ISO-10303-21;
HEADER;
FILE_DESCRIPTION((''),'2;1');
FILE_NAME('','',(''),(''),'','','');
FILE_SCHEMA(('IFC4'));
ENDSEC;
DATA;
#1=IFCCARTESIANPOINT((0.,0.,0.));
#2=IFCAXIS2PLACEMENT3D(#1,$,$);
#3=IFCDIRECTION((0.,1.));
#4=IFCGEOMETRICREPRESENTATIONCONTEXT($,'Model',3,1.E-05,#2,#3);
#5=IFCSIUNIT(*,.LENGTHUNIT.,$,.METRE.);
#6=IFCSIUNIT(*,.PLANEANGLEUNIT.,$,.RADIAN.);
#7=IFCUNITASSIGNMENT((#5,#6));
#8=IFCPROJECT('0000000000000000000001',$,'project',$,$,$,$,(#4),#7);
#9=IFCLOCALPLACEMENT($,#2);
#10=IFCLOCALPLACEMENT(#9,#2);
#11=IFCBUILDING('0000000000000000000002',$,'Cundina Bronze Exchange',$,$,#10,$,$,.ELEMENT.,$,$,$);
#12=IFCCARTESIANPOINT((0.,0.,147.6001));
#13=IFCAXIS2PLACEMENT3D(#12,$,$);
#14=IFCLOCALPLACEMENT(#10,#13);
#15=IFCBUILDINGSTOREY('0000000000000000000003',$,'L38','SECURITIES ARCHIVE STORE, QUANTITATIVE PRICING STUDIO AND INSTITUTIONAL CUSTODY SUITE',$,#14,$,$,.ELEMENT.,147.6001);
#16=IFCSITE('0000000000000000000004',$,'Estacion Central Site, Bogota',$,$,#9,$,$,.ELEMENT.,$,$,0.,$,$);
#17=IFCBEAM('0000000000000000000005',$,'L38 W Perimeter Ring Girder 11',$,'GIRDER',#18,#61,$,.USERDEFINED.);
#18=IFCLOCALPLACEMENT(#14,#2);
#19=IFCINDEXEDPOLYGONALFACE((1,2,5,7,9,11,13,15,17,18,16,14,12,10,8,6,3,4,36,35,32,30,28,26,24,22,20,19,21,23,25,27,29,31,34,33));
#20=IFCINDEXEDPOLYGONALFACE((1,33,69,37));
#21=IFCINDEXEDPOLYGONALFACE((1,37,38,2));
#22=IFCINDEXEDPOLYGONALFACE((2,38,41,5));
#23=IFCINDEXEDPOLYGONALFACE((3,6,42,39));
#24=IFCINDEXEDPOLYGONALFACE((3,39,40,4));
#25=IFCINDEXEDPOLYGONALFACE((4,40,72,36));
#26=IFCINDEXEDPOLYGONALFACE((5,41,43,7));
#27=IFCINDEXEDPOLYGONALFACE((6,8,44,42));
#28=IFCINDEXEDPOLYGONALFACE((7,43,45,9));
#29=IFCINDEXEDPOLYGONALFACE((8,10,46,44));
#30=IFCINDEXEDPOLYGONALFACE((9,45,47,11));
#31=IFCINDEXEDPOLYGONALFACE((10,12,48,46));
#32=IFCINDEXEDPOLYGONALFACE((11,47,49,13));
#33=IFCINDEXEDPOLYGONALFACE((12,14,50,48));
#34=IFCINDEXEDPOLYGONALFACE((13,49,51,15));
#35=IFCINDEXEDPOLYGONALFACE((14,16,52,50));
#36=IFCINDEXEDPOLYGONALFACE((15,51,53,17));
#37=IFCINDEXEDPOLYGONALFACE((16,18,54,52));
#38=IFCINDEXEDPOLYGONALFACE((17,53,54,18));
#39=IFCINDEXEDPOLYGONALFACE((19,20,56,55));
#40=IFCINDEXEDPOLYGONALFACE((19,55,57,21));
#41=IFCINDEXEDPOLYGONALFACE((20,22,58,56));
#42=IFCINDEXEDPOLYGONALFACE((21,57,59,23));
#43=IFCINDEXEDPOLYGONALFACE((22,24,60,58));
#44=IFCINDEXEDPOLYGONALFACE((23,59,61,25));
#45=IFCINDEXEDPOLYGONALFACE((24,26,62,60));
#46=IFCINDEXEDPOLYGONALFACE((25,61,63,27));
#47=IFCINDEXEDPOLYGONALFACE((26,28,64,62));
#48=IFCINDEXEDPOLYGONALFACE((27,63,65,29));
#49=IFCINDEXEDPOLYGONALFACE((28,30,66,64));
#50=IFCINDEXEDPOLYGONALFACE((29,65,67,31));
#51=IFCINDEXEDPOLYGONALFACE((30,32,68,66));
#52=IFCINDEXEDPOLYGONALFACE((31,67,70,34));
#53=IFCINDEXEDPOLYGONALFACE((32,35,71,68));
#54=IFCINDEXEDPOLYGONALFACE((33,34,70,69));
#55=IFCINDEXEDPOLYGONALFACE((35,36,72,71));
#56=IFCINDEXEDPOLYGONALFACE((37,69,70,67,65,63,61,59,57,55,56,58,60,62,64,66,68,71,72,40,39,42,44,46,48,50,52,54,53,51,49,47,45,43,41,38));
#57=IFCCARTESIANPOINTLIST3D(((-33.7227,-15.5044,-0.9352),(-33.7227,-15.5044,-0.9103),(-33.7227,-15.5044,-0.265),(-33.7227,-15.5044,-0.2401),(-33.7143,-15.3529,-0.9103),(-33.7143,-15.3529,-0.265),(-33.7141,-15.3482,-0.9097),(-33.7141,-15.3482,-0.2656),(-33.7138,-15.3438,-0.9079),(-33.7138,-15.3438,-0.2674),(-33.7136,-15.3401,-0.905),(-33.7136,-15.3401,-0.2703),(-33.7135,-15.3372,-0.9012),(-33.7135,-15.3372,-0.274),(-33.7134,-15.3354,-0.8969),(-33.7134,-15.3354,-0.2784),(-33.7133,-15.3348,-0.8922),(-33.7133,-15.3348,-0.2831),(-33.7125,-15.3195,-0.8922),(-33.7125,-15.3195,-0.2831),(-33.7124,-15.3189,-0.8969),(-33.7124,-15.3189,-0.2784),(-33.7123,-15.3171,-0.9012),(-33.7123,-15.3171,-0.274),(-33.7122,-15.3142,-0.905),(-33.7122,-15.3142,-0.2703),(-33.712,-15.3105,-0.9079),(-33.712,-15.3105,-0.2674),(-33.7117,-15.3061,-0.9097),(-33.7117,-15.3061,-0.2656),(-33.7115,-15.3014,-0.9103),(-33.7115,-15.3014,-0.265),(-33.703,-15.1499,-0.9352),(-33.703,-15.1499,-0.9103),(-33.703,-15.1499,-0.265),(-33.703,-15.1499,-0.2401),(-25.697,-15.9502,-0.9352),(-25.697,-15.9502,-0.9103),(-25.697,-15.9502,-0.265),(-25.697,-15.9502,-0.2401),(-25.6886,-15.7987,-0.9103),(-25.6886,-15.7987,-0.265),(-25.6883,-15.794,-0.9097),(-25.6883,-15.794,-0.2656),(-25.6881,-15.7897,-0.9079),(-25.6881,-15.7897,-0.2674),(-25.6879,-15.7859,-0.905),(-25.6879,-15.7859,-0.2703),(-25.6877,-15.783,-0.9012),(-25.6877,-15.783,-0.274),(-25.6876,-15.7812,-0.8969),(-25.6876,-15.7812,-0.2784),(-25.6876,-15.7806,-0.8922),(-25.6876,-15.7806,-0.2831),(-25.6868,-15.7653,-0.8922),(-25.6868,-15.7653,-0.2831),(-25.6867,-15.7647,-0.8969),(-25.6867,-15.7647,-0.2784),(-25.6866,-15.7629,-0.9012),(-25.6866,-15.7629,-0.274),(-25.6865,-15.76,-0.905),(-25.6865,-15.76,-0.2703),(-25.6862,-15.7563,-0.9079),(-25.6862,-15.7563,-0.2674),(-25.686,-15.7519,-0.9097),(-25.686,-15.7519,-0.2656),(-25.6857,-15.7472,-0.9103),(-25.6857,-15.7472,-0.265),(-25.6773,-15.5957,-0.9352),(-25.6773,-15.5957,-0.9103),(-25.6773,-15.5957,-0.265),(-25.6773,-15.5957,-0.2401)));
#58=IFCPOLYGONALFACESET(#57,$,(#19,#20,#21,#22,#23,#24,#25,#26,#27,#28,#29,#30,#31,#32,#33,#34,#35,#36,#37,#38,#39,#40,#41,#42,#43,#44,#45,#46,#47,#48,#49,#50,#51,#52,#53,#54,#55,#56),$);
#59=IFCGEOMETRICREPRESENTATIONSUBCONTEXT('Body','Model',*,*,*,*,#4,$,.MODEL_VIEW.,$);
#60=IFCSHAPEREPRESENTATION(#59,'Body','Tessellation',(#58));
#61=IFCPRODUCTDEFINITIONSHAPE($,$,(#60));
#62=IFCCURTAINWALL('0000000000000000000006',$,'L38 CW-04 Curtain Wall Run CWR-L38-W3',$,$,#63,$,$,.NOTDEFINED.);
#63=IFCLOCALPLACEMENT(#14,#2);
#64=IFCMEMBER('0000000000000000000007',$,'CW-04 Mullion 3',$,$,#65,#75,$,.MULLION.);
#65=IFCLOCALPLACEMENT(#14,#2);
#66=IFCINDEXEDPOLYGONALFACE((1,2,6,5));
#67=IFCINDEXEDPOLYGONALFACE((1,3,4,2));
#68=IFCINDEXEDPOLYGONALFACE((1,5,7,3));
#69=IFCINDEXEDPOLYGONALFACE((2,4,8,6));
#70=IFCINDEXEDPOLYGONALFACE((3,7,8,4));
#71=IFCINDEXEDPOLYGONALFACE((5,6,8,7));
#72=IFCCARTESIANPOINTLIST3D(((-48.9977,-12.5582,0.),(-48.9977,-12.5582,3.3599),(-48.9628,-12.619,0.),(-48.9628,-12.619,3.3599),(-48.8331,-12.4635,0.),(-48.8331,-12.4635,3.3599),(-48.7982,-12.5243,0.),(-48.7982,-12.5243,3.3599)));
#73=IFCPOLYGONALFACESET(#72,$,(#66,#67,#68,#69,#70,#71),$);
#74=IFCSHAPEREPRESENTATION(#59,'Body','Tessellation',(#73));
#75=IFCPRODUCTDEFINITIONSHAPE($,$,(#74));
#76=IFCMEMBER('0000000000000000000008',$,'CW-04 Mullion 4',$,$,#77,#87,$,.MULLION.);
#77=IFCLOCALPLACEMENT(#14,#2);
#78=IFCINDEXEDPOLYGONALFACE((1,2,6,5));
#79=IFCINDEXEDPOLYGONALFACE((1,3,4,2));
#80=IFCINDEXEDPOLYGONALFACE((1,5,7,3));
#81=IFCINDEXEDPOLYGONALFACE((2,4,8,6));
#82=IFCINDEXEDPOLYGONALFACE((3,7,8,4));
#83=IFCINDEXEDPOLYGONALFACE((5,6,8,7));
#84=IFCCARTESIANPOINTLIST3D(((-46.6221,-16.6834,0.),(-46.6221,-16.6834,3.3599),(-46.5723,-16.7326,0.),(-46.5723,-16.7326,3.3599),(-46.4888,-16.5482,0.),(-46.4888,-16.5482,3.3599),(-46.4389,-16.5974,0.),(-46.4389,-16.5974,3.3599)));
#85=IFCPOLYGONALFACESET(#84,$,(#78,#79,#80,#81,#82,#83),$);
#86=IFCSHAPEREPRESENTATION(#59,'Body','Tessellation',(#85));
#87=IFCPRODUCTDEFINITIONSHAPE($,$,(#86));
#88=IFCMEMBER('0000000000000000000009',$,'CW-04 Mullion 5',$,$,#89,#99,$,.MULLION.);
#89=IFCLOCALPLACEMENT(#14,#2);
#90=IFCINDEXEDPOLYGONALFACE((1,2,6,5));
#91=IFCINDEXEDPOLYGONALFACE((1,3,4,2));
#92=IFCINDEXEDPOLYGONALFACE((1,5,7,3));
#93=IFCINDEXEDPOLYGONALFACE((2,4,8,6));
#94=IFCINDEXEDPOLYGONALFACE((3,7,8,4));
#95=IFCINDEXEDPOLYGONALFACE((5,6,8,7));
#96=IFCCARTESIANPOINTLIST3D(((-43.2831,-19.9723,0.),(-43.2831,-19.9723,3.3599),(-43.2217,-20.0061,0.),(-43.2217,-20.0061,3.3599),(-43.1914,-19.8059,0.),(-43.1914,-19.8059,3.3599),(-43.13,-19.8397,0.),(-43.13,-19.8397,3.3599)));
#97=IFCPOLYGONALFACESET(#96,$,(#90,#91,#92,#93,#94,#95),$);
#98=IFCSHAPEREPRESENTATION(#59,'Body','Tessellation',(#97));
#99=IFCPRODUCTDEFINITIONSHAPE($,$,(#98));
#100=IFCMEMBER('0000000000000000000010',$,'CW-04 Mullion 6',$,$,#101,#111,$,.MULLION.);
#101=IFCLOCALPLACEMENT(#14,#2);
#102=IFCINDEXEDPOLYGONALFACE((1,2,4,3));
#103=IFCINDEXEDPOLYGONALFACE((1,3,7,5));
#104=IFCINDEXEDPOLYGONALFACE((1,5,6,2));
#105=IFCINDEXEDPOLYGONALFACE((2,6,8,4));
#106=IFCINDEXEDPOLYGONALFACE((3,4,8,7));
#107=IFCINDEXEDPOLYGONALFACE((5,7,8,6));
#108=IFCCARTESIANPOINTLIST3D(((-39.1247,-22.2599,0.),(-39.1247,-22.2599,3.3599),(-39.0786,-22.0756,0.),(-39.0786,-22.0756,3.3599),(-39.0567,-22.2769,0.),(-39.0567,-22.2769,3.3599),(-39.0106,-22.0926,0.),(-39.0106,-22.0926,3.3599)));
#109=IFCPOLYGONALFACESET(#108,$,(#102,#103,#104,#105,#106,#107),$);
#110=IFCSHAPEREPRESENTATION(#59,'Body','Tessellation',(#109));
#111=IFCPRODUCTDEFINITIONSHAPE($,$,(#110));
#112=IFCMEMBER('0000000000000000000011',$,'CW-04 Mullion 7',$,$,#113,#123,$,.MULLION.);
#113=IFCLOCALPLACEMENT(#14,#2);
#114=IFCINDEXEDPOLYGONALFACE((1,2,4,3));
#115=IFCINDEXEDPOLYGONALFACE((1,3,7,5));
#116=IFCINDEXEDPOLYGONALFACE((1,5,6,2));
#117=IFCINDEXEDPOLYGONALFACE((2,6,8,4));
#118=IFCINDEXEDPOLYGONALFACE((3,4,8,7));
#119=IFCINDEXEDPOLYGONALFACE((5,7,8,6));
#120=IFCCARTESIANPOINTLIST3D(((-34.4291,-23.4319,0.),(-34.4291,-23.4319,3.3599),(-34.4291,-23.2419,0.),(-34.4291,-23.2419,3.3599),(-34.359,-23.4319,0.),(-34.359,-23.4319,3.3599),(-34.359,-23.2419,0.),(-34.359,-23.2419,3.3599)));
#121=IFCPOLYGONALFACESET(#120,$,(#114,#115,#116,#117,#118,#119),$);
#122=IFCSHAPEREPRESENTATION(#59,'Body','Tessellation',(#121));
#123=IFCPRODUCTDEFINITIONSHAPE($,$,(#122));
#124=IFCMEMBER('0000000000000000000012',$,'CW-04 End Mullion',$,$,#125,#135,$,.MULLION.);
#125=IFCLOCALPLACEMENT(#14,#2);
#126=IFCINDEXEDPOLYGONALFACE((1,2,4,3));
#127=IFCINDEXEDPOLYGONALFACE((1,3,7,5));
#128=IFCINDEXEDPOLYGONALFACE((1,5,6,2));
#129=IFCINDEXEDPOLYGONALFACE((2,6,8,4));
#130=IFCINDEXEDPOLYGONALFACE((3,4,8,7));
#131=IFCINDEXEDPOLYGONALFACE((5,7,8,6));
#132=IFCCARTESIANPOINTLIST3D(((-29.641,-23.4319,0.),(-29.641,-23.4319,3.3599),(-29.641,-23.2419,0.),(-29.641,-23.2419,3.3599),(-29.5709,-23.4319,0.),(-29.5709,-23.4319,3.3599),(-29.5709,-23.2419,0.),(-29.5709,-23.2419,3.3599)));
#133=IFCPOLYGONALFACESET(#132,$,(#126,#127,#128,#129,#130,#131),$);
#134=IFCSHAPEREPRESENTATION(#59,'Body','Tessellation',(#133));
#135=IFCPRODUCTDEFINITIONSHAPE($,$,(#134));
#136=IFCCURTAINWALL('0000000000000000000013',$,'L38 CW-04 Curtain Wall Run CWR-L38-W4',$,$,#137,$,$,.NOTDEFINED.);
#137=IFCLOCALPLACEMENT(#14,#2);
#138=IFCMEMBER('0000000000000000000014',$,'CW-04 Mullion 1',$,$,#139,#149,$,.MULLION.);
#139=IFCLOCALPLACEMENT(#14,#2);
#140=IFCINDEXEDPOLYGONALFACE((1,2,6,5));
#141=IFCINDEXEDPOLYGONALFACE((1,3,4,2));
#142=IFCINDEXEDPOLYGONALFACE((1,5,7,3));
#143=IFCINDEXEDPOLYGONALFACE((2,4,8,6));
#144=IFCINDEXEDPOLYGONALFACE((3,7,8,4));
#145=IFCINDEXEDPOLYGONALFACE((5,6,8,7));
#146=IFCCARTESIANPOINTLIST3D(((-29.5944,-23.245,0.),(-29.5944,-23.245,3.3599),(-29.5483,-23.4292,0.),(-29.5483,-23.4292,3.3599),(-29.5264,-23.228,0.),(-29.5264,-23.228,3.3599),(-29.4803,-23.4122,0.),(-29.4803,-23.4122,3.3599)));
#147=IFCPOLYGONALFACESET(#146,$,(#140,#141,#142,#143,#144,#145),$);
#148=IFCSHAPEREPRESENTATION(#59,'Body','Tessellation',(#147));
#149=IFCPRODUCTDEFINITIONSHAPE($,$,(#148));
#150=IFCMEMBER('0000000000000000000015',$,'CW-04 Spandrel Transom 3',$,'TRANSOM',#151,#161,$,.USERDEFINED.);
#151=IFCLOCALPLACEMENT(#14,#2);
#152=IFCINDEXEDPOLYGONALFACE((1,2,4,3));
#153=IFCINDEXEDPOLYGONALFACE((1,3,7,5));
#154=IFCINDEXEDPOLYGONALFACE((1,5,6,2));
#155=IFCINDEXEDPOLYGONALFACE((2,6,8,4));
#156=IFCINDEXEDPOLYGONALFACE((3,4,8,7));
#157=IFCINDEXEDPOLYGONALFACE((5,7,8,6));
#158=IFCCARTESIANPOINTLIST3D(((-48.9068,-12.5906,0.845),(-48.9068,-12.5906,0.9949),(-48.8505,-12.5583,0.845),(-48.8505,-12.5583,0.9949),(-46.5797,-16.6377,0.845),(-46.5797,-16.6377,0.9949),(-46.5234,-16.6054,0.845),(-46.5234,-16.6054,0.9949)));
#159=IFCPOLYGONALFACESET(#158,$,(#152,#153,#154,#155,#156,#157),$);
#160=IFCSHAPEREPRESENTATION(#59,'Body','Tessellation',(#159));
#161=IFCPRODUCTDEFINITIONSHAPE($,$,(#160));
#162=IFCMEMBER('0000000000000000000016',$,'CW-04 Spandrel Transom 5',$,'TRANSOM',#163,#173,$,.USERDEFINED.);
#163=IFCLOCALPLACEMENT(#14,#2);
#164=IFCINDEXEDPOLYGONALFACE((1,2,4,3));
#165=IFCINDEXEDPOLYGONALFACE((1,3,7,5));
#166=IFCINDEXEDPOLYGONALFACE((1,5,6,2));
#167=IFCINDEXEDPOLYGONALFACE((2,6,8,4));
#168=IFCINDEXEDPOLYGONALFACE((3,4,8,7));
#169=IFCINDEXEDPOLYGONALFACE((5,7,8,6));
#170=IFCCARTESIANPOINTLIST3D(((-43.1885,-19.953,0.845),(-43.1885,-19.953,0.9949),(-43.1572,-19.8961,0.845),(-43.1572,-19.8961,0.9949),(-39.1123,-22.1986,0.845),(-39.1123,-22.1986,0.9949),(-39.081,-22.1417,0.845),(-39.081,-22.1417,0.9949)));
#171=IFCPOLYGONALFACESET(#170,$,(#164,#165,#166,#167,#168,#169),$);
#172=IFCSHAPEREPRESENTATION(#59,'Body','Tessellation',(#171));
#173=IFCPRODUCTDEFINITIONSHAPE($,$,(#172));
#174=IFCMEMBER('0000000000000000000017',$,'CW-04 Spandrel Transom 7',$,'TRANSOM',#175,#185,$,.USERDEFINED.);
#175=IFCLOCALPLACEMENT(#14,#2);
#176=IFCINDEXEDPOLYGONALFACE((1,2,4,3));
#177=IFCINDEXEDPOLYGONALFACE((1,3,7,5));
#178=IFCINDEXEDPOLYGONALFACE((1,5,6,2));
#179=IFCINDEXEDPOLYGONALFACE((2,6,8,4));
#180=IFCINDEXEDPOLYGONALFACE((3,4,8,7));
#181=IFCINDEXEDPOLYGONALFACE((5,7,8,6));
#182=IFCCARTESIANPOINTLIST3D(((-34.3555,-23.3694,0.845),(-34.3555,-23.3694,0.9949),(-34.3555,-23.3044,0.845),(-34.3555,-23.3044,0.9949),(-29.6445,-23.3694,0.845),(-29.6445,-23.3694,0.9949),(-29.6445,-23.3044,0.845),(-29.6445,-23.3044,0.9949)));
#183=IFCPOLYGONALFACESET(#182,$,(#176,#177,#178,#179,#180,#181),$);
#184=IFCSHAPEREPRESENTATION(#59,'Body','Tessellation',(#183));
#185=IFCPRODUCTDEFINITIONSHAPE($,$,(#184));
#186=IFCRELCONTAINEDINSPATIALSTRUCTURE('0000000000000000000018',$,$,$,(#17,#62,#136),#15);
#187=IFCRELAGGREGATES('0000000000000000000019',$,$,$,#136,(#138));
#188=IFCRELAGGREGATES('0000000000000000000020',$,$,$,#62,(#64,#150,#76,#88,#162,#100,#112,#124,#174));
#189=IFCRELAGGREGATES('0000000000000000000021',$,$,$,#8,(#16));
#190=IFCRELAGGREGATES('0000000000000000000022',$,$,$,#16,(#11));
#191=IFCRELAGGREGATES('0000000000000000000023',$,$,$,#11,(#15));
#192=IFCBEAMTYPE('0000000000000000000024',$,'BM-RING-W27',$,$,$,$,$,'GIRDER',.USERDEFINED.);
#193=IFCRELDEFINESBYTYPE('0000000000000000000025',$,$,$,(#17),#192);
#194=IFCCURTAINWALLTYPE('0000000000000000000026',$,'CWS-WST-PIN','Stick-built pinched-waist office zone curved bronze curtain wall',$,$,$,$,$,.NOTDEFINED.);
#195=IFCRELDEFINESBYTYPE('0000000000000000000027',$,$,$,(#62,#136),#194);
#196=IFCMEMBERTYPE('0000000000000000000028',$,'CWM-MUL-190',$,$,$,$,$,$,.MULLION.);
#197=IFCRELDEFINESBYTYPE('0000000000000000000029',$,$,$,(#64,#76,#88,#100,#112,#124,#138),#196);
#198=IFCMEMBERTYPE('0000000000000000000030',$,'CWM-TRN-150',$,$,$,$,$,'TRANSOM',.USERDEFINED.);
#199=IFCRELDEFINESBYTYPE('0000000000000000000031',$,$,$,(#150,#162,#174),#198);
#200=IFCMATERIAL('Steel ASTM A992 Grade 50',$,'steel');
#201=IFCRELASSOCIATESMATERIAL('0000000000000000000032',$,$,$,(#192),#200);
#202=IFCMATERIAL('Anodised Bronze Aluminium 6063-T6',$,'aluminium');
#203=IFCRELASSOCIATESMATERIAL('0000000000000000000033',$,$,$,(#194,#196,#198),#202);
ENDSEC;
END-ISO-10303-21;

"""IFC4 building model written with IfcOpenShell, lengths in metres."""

from ifc_helpers import new_model, si_unit, direction, frame, origin, origin_2d, place, context, subcontext, project, spatial, rectangle, i_section, extrude, material, material_profile, profile_set, type_object, element, aggregate, save


model = new_model("IFC4")

# Units and contexts
model_context = context("Model", 3, precision=1e-05, world=origin(), true_north=direction((0.0, 1.0)))
body_context = subcontext(model_context, "Body", "Model", "MODEL_VIEW")
ifc_project = project(units=[si_unit("LENGTHUNIT", "METRE"), si_unit("PLANEANGLEUNIT", "RADIAN")], contexts=[model_context])

# Site, building, storey
site_placement = place(None, origin())
site = spatial("IfcSite", under=ifc_project, at=site_placement, Name="Estacion Central Site, Bogota", CompositionType="ELEMENT", RefElevation=0.0)
building_placement = place(site_placement, origin())
building = spatial("IfcBuilding", under=site, at=building_placement, Name="Cundina Bronze Exchange", CompositionType="ELEMENT")
storey_placement = place(building_placement, frame((0.0, 0.0, 147.6001)))
storey = spatial("IfcBuildingStorey", under=building, at=storey_placement, Name="L38", Description="SECURITIES ARCHIVE STORE, QUANTITATIVE PRICING STUDIO AND INSTITUTIONAL CUSTODY SUITE", CompositionType="ELEMENT", Elevation=147.6001)

# Beam
ifc_material_1 = material(Name="Steel ASTM A992 Grade 50", Category="steel")
ifc_material_profile_1 = material_profile(ifc_material_1, i_section(OverallWidth=0.355, OverallDepth=0.6951, WebThickness=0.0154, FlangeThickness=0.0249, FilletRadius=0.0181, at=origin_2d()), Name="W27X146", Category="steel")
ifc_profile_set_1 = profile_set([ifc_material_profile_1], Name="Steel ASTM A992 Grade 50")
beam_type_1 = type_object("IfcBeamType", Name="BM-RING-W27", ElementType="GIRDER", PredefinedType="USERDEFINED", material=ifc_profile_set_1)
for number, where, z_axis, x_axis, name in (
    (1, (-33.7129, -15.3271, -0.5876), (0.998461, -0.055462, 0.0), (0.055462, 0.998461, 0.0), "L38 W Perimeter Ring Girder 11"),
):
    element("IfcBeam", number, at=place(storey_placement, frame(where, z_axis=z_axis, x_axis=x_axis)), inside=storey, type_object=beam_type_1, Name=name, ObjectType="GIRDER", PredefinedType="USERDEFINED", context=body_context, shape_type="SweptSolid", body=[
        extrude(i_section(OverallWidth=0.355, OverallDepth=0.6951, WebThickness=0.0154, FlangeThickness=0.0249, FilletRadius=0.0181, at=origin_2d()), origin(), (0.0, 0.0, 1.0), 8.0381),
    ])

# Curtain wall, members
ifc_material_2 = material(Name="Anodised Bronze Aluminium 6063-T6", Category="aluminium")
curtain_wall_type = type_object("IfcCurtainWallType", Name="CWS-WST-PIN", Description="Stick-built pinched-waist office zone curved bronze curtain wall", PredefinedType="NOTDEFINED", material=ifc_material_2)
curtain_wall_1_placement = place(storey_placement, origin())
curtain_wall_1 = element("IfcCurtainWall", 2, at=curtain_wall_1_placement, inside=storey, type_object=curtain_wall_type, Name="L38 CW-04 Curtain Wall Run CWR-L38-W3", PredefinedType="NOTDEFINED")
ifc_material_profile_2 = material_profile(ifc_material_2, rectangle(XDim=0.0701, YDim=0.1899, at=origin_2d()), Name="AL70X190", Category="aluminium")
ifc_profile_set_2 = profile_set([ifc_material_profile_2], Name="Anodised Bronze Aluminium 6063-T6")
member_type_1 = type_object("IfcMemberType", Name="CWM-MUL-190", PredefinedType="MULLION", material=ifc_profile_set_2)
member_1_placement = place(storey_placement, frame((-48.8979, -12.5413, 0.0), z_axis=(0.0, 0.0, 1.0), x_axis=(0.498488, -0.866897, 0.0)))
member_1 = element("IfcMember", 3, at=member_1_placement, type_object=member_type_1, Name="CW-04 Mullion 3", PredefinedType="MULLION", context=body_context, shape_type="SweptSolid", body=[
    extrude(rectangle(XDim=0.0701, YDim=0.1899, at=origin_2d()), origin(), (0.0, 0.0, 1.0), 3.3599),
])
member_2_placement = place(storey_placement, frame((-46.5305, -16.6404, 0.0), z_axis=(0.0, 0.0, 1.0), x_axis=(0.712026, -0.702153, 0.0)))
member_2 = element("IfcMember", 4, at=member_2_placement, type_object=member_type_1, Name="CW-04 Mullion 4", PredefinedType="MULLION", context=body_context, shape_type="SweptSolid", body=[
    extrude(rectangle(XDim=0.0701, YDim=0.1899, at=origin_2d()), origin(), (0.0, 0.0, 1.0), 3.3599),
])
member_3_placement = place(storey_placement, frame((-43.2065, -19.906, 0.0), z_axis=(0.0, 0.0, 1.0), x_axis=(0.875886, -0.482518, 0.0)))
member_3 = element("IfcMember", 5, at=member_3_placement, type_object=member_type_1, Name="CW-04 Mullion 5", PredefinedType="MULLION", context=body_context, shape_type="SweptSolid", body=[
    extrude(rectangle(XDim=0.0701, YDim=0.1899, at=origin_2d()), origin(), (0.0, 0.0, 1.0), 3.3599),
])
member_4_placement = place(storey_placement, frame((-39.0676, -22.1763, 0.0), z_axis=(0.0, 0.0, 1.0), x_axis=(0.970084, -0.242769, 0.0)))
member_4 = element("IfcMember", 6, at=member_4_placement, type_object=member_type_1, Name="CW-04 Mullion 6", PredefinedType="MULLION", context=body_context, shape_type="SweptSolid", body=[
    extrude(rectangle(XDim=0.0701, YDim=0.1899, at=origin_2d()), origin(), (0.0, 0.0, 1.0), 3.3599),
])
member_5_placement = place(storey_placement, frame((-34.394, -23.3369, 0.0), z_axis=(0.0, 0.0, 1.0), x_axis=(1.0, 0.0, 0.0)))
member_5 = element("IfcMember", 7, at=member_5_placement, type_object=member_type_1, Name="CW-04 Mullion 7", PredefinedType="MULLION", context=body_context, shape_type="SweptSolid", body=[
    extrude(rectangle(XDim=0.0701, YDim=0.1899, at=origin_2d()), origin(), (0.0, 0.0, 1.0), 3.3599),
])
member_6_placement = place(storey_placement, frame((-29.606, -23.3369, 0.0), z_axis=(0.0, 0.0, 1.0), x_axis=(1.0, 0.0, 0.0)))
member_6 = element("IfcMember", 8, at=member_6_placement, type_object=member_type_1, Name="CW-04 End Mullion", PredefinedType="MULLION", context=body_context, shape_type="SweptSolid", body=[
    extrude(rectangle(XDim=0.0701, YDim=0.1899, at=origin_2d()), origin(), (0.0, 0.0, 1.0), 3.3599),
])

# Curtain wall, member
curtain_wall_2_placement = place(storey_placement, origin())
curtain_wall_2 = element("IfcCurtainWall", 9, at=curtain_wall_2_placement, inside=storey, type_object=curtain_wall_type, Name="L38 CW-04 Curtain Wall Run CWR-L38-W4", PredefinedType="NOTDEFINED")
member_7_placement = place(storey_placement, frame((-29.5374, -23.3286, 0.0), z_axis=(0.0, 0.0, 1.0), x_axis=(0.970084, 0.242769, 0.0)))
member_7 = element("IfcMember", 10, at=member_7_placement, type_object=member_type_1, Name="CW-04 Mullion 1", PredefinedType="MULLION", context=body_context, shape_type="SweptSolid", body=[
    extrude(rectangle(XDim=0.0701, YDim=0.1899, at=origin_2d()), origin(), (0.0, 0.0, 1.0), 3.3599),
])
aggregate(curtain_wall_2, [member_7])

# Members
ifc_material_profile_3 = material_profile(ifc_material_2, rectangle(XDim=0.0649, YDim=0.1499, at=origin_2d()), Name="AL65X150", Category="aluminium")
ifc_profile_set_3 = profile_set([ifc_material_profile_3], Name="Anodised Bronze Aluminium 6063-T6")
member_type_2 = type_object("IfcMemberType", Name="CWM-TRN-150", ElementType="TRANSOM", PredefinedType="USERDEFINED", material=ifc_profile_set_3)
member_8_placement = place(storey_placement, frame((-48.8787, -12.5745, 0.9199), z_axis=(0.49848, -0.866901, 0.0), x_axis=(0.866901, 0.49848, 0.0)))
member_8 = element("IfcMember", 11, at=member_8_placement, type_object=member_type_2, Name="CW-04 Spandrel Transom 3", ObjectType="TRANSOM", PredefinedType="USERDEFINED", context=body_context, shape_type="SweptSolid", body=[
    extrude(rectangle(XDim=0.0649, YDim=0.1499, at=origin_2d()), origin(), (0.0, 0.0, 1.0), 4.6685),
])
member_9_placement = place(storey_placement, frame((-43.1729, -19.9246, 0.9199), z_axis=(0.875879, -0.482531, 0.0), x_axis=(0.482531, 0.875879, 0.0)))
member_9 = element("IfcMember", 12, at=member_9_placement, type_object=member_type_2, Name="CW-04 Spandrel Transom 5", ObjectType="TRANSOM", PredefinedType="USERDEFINED", context=body_context, shape_type="SweptSolid", body=[
    extrude(rectangle(XDim=0.0649, YDim=0.1499, at=origin_2d()), origin(), (0.0, 0.0, 1.0), 4.6538),
])
member_10_placement = place(storey_placement, frame((-34.3555, -23.3369, 0.9199), z_axis=(1.0, 0.0, 0.0), x_axis=(0.0, 1.0, 0.0)))
member_10 = element("IfcMember", 13, at=member_10_placement, type_object=member_type_2, Name="CW-04 Spandrel Transom 7", ObjectType="TRANSOM", PredefinedType="USERDEFINED", context=body_context, shape_type="SweptSolid", body=[
    extrude(rectangle(XDim=0.0649, YDim=0.1499, at=origin_2d()), origin(), (0.0, 0.0, 1.0), 4.7109),
])

aggregate(curtain_wall_1, [member_1, member_8, member_2, member_3, member_9, member_4, member_5, member_6, member_10])

save(model, "model.ifc")
